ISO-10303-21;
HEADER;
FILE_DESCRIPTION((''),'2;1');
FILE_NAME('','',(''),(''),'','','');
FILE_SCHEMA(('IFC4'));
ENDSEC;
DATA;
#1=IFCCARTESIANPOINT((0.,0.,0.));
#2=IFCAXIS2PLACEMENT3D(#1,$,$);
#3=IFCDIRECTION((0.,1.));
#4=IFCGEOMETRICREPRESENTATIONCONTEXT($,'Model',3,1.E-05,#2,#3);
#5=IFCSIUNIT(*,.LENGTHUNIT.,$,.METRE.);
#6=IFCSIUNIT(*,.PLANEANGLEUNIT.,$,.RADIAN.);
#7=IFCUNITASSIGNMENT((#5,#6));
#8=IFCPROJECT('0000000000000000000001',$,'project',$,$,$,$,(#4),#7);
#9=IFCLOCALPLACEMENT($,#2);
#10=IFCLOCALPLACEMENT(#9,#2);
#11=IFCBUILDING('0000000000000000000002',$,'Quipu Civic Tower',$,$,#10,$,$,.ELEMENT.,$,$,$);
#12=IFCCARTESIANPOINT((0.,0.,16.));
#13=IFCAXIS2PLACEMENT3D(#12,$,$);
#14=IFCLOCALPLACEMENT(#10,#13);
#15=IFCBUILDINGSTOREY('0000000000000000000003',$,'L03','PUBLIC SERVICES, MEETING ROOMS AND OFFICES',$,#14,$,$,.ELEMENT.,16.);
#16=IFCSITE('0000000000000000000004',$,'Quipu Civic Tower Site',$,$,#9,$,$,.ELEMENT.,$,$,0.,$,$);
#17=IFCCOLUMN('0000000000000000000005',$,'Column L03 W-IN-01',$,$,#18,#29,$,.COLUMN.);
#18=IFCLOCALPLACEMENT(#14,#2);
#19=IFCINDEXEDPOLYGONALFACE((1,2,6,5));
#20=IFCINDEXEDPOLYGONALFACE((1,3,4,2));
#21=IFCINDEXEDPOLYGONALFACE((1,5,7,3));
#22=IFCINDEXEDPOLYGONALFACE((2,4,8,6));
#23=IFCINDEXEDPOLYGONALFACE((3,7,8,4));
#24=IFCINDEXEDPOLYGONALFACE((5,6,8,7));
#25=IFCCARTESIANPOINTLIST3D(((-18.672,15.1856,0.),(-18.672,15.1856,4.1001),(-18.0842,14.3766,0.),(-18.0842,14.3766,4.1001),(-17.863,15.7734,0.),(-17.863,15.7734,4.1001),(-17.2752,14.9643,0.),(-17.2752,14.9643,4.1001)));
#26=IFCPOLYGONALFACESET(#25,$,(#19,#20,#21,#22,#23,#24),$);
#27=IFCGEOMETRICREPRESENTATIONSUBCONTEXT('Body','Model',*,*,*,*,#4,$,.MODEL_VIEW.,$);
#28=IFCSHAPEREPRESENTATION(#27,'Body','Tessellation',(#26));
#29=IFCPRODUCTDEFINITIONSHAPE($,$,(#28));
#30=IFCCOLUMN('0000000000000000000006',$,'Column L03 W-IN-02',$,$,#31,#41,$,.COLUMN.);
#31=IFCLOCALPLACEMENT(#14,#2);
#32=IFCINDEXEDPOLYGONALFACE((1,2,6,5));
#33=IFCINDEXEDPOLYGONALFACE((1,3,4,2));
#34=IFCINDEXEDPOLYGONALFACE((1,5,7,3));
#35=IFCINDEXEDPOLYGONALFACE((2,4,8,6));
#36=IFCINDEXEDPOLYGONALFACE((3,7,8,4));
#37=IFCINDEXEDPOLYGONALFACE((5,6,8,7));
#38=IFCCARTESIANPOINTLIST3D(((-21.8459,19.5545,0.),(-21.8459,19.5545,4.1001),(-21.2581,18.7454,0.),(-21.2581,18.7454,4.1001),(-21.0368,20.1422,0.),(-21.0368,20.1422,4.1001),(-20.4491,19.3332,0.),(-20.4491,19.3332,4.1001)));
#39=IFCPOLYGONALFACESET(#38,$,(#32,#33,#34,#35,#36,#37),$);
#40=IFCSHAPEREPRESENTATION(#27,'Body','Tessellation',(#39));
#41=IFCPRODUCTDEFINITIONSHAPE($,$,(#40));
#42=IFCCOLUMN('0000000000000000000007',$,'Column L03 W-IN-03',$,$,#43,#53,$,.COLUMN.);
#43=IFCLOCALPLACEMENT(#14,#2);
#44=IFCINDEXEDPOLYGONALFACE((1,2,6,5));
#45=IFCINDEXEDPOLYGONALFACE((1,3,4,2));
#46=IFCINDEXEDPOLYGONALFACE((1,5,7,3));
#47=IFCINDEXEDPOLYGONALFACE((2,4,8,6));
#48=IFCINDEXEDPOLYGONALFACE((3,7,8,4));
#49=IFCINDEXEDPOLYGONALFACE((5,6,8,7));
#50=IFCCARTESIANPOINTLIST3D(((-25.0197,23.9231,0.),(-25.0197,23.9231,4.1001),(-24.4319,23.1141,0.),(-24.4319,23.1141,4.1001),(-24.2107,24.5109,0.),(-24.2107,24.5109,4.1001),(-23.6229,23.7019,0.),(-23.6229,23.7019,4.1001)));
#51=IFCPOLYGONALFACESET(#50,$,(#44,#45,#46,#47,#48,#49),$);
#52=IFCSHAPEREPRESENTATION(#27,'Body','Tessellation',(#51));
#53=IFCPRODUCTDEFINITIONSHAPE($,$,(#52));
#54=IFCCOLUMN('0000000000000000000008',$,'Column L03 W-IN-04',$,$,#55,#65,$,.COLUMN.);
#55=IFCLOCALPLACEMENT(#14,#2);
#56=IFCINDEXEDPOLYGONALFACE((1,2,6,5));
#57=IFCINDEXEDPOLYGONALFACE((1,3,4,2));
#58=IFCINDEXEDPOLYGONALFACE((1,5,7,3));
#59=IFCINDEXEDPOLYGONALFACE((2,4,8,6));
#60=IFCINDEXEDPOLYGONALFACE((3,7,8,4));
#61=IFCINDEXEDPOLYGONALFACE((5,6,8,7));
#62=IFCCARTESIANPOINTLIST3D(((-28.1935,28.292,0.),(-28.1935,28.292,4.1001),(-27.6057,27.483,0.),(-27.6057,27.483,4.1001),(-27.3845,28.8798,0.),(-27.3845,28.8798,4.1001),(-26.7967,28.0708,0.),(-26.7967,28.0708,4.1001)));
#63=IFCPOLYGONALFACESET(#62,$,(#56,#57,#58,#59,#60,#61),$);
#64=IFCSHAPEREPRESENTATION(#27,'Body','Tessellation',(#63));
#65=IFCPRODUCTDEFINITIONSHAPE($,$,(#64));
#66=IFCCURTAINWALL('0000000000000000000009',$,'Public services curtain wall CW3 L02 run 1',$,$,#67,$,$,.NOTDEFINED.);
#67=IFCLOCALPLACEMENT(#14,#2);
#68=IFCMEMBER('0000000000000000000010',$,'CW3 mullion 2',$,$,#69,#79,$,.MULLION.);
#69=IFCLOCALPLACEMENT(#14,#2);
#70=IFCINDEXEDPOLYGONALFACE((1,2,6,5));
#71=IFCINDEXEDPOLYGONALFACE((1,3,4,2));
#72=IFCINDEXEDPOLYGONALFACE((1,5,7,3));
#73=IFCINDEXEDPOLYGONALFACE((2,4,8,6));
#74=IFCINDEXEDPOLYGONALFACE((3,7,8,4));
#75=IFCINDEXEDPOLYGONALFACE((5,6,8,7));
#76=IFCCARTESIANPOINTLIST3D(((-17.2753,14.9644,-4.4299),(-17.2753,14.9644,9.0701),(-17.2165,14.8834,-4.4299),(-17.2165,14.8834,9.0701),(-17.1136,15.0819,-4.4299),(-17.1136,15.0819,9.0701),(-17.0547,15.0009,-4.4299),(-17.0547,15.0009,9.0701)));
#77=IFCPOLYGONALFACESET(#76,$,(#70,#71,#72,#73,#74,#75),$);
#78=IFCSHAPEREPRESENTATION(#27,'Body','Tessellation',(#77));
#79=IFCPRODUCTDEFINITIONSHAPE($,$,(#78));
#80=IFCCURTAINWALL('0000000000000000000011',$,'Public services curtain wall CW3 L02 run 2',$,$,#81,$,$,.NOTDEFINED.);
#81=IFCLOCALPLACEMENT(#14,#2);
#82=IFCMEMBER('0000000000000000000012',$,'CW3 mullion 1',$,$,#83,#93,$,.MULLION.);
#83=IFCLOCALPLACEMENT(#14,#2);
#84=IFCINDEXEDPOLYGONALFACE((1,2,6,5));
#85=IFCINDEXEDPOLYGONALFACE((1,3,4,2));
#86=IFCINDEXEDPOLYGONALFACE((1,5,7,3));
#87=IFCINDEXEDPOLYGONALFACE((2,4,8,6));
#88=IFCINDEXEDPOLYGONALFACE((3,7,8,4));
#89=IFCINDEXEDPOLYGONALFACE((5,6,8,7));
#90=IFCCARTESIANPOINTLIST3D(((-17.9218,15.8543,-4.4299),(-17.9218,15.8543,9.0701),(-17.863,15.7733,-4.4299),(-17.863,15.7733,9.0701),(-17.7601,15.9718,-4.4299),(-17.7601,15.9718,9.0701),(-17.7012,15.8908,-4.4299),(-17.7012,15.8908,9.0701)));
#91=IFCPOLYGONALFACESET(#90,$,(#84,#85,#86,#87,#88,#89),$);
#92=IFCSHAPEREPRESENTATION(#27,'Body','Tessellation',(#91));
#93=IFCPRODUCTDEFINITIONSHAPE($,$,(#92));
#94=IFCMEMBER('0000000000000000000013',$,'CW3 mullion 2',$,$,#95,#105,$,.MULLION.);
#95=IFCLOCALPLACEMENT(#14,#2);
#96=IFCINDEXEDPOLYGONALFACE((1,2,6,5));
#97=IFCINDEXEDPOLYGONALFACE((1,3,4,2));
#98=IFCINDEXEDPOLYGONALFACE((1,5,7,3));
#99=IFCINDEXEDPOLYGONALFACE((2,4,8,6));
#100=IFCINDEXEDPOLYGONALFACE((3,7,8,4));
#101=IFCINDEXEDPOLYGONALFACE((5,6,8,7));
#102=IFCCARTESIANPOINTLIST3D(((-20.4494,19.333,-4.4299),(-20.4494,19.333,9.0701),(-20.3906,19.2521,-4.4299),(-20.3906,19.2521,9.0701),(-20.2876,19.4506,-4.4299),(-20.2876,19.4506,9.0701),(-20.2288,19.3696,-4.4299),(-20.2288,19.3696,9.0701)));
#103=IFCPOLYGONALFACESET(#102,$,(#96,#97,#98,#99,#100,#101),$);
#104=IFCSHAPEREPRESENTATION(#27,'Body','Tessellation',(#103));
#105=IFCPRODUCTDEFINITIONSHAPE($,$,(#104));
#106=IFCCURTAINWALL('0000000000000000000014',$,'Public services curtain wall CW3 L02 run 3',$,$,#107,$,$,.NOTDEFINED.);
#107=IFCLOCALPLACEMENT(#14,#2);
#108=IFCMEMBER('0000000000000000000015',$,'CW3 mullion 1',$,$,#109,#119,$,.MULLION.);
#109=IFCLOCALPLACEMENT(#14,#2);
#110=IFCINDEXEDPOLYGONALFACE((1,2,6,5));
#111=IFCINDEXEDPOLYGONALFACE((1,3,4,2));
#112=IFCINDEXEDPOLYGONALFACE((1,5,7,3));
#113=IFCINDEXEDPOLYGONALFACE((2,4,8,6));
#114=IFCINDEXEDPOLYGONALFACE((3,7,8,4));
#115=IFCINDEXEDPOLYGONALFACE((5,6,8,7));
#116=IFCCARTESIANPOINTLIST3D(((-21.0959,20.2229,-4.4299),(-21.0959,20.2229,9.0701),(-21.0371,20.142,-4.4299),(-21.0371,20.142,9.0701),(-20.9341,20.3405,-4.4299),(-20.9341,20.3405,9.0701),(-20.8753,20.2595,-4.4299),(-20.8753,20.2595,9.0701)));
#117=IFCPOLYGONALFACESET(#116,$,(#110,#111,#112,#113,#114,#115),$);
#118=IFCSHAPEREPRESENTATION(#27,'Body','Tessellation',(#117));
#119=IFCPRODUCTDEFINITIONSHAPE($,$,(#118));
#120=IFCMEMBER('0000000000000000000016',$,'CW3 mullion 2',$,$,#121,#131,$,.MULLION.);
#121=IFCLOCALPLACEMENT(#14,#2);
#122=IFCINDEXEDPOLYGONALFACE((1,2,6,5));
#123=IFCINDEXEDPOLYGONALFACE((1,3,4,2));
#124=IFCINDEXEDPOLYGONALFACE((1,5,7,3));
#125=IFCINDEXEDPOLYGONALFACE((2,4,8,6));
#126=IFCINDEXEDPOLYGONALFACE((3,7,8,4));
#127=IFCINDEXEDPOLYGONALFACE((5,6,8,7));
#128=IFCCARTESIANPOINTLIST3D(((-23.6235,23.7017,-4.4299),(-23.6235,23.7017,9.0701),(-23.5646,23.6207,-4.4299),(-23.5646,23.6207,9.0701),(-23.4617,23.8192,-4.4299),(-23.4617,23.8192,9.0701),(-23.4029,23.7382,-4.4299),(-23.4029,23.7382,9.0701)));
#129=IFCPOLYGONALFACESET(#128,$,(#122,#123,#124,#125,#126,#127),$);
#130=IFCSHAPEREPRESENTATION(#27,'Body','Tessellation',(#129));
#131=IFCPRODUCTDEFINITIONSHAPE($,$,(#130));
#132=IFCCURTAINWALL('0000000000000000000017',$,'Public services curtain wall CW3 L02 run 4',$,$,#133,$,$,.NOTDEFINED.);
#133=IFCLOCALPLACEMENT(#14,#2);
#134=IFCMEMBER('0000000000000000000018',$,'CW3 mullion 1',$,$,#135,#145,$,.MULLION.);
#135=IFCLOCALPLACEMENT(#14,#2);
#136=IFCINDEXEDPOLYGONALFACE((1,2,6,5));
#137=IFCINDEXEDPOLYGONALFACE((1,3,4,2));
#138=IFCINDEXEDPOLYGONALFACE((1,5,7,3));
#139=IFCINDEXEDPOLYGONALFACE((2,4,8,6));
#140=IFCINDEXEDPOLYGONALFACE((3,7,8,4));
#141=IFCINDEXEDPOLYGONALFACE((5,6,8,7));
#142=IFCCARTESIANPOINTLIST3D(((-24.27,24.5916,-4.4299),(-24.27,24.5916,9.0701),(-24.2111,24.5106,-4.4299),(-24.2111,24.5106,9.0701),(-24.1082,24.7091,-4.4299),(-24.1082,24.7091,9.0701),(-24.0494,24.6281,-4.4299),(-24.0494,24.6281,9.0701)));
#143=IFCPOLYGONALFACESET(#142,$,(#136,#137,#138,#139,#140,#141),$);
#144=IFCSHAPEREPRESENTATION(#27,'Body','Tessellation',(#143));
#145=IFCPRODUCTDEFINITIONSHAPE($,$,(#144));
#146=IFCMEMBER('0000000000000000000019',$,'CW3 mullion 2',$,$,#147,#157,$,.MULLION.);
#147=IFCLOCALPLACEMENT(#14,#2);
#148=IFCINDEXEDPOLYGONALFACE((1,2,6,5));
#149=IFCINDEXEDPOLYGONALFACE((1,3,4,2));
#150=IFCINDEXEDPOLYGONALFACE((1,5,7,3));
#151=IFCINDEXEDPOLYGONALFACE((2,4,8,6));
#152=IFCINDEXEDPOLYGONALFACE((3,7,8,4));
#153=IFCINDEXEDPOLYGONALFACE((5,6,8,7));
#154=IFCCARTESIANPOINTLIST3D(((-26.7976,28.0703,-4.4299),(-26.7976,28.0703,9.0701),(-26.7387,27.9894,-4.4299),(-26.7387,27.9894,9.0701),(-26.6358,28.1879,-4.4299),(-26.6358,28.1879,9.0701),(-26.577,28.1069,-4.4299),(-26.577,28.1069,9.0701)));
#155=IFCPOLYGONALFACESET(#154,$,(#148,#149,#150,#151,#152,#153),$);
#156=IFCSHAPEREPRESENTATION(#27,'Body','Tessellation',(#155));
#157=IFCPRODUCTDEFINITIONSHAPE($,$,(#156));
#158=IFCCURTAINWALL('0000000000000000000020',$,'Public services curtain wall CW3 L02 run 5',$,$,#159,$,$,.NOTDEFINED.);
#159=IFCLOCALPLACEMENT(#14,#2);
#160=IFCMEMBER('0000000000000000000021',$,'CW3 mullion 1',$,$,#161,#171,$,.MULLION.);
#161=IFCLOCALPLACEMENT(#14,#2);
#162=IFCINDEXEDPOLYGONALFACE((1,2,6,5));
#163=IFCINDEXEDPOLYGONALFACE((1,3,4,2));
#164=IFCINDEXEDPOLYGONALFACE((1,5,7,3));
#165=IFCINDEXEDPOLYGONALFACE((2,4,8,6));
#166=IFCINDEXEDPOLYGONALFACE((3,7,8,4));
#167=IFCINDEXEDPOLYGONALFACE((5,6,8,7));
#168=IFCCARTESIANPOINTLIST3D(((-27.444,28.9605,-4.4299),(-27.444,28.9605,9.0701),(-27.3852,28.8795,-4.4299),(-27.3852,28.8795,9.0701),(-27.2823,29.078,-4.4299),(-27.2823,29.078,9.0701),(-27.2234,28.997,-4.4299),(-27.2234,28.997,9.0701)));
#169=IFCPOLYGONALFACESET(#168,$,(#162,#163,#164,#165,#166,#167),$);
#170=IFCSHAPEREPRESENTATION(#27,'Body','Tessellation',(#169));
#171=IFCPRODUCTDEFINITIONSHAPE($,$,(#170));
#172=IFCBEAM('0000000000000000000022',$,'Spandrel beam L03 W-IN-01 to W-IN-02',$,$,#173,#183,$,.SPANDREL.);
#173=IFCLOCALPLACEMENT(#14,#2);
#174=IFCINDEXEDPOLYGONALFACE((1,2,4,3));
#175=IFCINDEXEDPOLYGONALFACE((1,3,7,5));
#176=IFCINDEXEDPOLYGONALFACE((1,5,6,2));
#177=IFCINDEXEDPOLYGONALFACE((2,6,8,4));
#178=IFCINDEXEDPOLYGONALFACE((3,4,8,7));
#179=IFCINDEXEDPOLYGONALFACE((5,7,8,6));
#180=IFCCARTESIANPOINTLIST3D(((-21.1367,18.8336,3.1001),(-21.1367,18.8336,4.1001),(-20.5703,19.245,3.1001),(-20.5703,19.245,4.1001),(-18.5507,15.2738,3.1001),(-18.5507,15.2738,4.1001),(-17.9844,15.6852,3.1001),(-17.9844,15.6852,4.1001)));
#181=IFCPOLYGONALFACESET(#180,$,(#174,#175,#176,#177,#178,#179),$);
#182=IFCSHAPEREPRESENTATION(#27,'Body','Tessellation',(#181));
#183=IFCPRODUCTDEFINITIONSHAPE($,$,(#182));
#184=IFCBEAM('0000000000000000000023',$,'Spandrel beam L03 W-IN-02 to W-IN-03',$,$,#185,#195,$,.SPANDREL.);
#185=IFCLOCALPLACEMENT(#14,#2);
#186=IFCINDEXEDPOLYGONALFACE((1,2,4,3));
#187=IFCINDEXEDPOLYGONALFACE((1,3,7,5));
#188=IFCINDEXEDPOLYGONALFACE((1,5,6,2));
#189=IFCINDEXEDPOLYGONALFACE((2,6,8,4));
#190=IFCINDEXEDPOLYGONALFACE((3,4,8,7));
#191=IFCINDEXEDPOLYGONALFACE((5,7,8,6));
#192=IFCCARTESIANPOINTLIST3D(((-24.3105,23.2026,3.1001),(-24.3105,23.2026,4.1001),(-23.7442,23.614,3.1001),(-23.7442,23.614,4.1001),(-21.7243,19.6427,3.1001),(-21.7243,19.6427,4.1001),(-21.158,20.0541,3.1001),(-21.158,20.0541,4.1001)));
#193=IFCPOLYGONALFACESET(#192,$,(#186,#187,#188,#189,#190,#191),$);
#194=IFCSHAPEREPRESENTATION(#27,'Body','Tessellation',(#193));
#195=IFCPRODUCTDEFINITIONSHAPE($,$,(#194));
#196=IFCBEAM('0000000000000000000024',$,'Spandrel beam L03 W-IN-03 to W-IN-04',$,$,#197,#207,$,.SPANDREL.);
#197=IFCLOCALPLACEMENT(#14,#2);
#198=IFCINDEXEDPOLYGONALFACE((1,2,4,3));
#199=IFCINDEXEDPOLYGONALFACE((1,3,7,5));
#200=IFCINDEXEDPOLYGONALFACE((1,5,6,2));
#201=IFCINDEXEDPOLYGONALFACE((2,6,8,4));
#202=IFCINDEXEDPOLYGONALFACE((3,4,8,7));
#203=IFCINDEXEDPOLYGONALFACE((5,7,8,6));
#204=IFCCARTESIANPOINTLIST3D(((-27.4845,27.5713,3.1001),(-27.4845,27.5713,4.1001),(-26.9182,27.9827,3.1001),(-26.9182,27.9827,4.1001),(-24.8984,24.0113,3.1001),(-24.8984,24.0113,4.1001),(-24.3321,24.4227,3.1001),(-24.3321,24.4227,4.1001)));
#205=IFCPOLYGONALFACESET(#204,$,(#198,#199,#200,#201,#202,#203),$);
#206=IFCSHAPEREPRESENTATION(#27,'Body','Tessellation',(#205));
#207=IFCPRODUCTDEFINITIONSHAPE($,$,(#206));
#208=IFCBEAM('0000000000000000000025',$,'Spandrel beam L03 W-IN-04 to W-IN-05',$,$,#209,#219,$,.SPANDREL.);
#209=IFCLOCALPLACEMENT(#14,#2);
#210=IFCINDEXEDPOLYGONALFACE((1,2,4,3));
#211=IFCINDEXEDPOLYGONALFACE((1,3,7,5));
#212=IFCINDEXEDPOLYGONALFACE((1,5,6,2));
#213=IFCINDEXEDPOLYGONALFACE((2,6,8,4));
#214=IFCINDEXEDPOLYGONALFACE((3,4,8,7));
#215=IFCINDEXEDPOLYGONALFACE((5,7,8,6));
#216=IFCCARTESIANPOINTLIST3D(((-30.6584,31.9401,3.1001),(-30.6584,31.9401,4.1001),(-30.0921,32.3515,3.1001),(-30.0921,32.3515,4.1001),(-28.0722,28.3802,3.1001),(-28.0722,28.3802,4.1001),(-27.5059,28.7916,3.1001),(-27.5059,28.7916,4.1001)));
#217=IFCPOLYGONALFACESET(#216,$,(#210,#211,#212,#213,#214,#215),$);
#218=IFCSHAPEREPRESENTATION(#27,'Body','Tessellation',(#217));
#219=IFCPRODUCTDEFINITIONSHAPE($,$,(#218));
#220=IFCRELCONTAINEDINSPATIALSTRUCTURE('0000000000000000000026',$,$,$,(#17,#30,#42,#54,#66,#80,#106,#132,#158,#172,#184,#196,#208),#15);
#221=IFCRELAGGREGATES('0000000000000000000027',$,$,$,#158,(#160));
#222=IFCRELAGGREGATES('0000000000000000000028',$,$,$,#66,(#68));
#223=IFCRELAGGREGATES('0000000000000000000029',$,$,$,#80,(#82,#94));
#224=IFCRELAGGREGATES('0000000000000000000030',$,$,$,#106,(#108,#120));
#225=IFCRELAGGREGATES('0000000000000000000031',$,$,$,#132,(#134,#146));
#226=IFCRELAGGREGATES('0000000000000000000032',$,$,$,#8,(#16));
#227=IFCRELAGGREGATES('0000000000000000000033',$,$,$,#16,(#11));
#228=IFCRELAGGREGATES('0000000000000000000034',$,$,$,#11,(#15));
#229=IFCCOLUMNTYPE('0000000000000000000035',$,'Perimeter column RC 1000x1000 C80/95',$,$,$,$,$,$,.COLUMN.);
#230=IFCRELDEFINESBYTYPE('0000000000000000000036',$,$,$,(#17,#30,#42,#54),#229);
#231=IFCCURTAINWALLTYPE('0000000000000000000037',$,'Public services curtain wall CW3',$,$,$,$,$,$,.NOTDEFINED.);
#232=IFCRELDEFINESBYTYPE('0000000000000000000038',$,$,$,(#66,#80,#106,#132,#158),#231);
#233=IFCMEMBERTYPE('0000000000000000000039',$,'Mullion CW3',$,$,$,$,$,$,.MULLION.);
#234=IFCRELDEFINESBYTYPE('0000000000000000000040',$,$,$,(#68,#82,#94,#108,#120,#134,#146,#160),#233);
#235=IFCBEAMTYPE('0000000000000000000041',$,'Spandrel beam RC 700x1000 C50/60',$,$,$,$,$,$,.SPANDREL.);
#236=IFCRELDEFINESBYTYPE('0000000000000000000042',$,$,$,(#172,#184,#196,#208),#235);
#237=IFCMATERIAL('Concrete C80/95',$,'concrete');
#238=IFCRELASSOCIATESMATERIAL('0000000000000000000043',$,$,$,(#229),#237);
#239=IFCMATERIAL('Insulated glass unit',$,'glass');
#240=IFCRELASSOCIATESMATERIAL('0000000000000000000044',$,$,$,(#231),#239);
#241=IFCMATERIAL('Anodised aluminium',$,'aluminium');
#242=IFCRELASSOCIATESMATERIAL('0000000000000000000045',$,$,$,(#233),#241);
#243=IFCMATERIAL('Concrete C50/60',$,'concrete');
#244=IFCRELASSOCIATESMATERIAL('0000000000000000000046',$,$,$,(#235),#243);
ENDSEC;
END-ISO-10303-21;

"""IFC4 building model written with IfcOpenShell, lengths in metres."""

from ifc_helpers import new_model, si_unit, direction, frame, origin, origin_2d, place, context, subcontext, project, spatial, rectangle, extrude, material, material_profile, profile_set, type_object, element, aggregate, save


model = new_model("IFC4")

# Units and contexts
model_context = context("Model", 3, precision=1e-05, world=origin(), true_north=direction((0.0, 1.0)))
body_context = subcontext(model_context, "Body", "Model", "MODEL_VIEW")
ifc_project = project(units=[si_unit("LENGTHUNIT", "METRE"), si_unit("PLANEANGLEUNIT", "RADIAN")], contexts=[model_context])

# Site, building, storey
site_placement = place(None, origin())
site = spatial("IfcSite", under=ifc_project, at=site_placement, Name="Quipu Civic Tower Site", CompositionType="ELEMENT", RefElevation=0.0)
building_placement = place(site_placement, origin())
building = spatial("IfcBuilding", under=site, at=building_placement, Name="Quipu Civic Tower", CompositionType="ELEMENT")
storey_placement = place(building_placement, frame((0.0, 0.0, 16.0)))
storey = spatial("IfcBuildingStorey", under=building, at=storey_placement, Name="L03", Description="PUBLIC SERVICES, MEETING ROOMS AND OFFICES", CompositionType="ELEMENT", Elevation=16.0)

# Columns
ifc_material_1 = material(Name="Concrete C80/95", Category="concrete")
ifc_material_profile_1 = material_profile(ifc_material_1, rectangle(XDim=1.0, YDim=1.0, at=origin_2d()), Name="RC1000x1000")
ifc_profile_set_1 = profile_set([ifc_material_profile_1], Name="Concrete C80/95")
column_type = type_object("IfcColumnType", Name="Perimeter column RC 1000x1000 C80/95", PredefinedType="COLUMN", material=ifc_profile_set_1)
for number, where, z_axis, x_axis, name in (
    (1, (-17.9736, 15.075, 0.0), (0.0, 0.0, 1.0), (-0.587785, 0.809017, 0.0), "Column L03 W-IN-01"),
    (2, (-21.1475, 19.4438, 0.0), (0.0, 0.0, 1.0), (-0.587785, 0.809017, 0.0), "Column L03 W-IN-02"),
    (3, (-24.3213, 23.8125, 0.0), (0.0, 0.0, 1.0), (-0.587785, 0.809017, 0.0), "Column L03 W-IN-03"),
    (4, (-27.4951, 28.1814, 0.0), (0.0, 0.0, 1.0), (-0.587785, 0.809017, 0.0), "Column L03 W-IN-04"),
):
    element("IfcColumn", number, at=place(storey_placement, frame(where, z_axis=z_axis, x_axis=x_axis)), inside=storey, type_object=column_type, Name=name, PredefinedType="COLUMN", context=body_context, shape_type="SweptSolid", body=[
        extrude(rectangle(XDim=1.0, YDim=1.0, at=origin_2d()), origin(), (0.0, 0.0, 1.0), 4.1001),
    ])

# Curtain wall, member
ifc_material_2 = material(Name="Insulated glass unit", Category="glass")
curtain_wall_type = type_object("IfcCurtainWallType", Name="Public services curtain wall CW3", PredefinedType="NOTDEFINED", material=ifc_material_2)
curtain_wall_1_placement = place(storey_placement, origin())
curtain_wall_1 = element("IfcCurtainWall", 5, at=curtain_wall_1_placement, inside=storey, type_object=curtain_wall_type, Name="Public services curtain wall CW3 L02 run 1", PredefinedType="NOTDEFINED")
ifc_material_3 = material(Name="Anodised aluminium", Category="aluminium")
ifc_material_profile_2 = material_profile(ifc_material_3, rectangle(XDim=0.2, YDim=0.1001, at=origin_2d()), Name="RECT 200x100")
ifc_profile_set_2 = profile_set([ifc_material_profile_2], Name="Anodised aluminium")
member_type_1 = type_object("IfcMemberType", Name="Mullion CW3", PredefinedType="MULLION", material=ifc_profile_set_2)
member_1_placement = place(storey_placement, frame((-17.165, 14.9827, -4.4299), z_axis=(0.0, 0.0, 1.0), x_axis=(-0.80901, -0.587795, 0.0)))
member_1 = element("IfcMember", 6, at=member_1_placement, type_object=member_type_1, Name="CW3 mullion 2", PredefinedType="MULLION", context=body_context, shape_type="SweptSolid", body=[
    extrude(rectangle(XDim=0.2, YDim=0.1001, at=origin_2d()), origin(), (0.0, 0.0, 1.0), 13.5),
])

# Curtain walls, members
curtain_wall_2_placement = place(storey_placement, origin())
curtain_wall_2 = element("IfcCurtainWall", 7, at=curtain_wall_2_placement, inside=storey, type_object=curtain_wall_type, Name="Public services curtain wall CW3 L02 run 2", PredefinedType="NOTDEFINED")
member_2_placement = place(storey_placement, frame((-17.8115, 15.8726, -4.4299), z_axis=(0.0, 0.0, 1.0), x_axis=(-0.809006, -0.5878, 0.0)))
member_2 = element("IfcMember", 8, at=member_2_placement, type_object=member_type_1, Name="CW3 mullion 1", PredefinedType="MULLION", context=body_context, shape_type="SweptSolid", body=[
    extrude(rectangle(XDim=0.2, YDim=0.1001, at=origin_2d()), origin(), (0.0, 0.0, 1.0), 13.5),
])
member_3_placement = place(storey_placement, frame((-20.3391, 19.3513, -4.4299), z_axis=(0.0, 0.0, 1.0), x_axis=(-0.809006, -0.5878, 0.0)))
member_3 = element("IfcMember", 9, at=member_3_placement, type_object=member_type_1, Name="CW3 mullion 2", PredefinedType="MULLION", context=body_context, shape_type="SweptSolid", body=[
    extrude(rectangle(XDim=0.2, YDim=0.1001, at=origin_2d()), origin(), (0.0, 0.0, 1.0), 13.5),
])
curtain_wall_3_placement = place(storey_placement, origin())
curtain_wall_3 = element("IfcCurtainWall", 10, at=curtain_wall_3_placement, inside=storey, type_object=curtain_wall_type, Name="Public services curtain wall CW3 L02 run 3", PredefinedType="NOTDEFINED")
member_4_placement = place(storey_placement, frame((-20.9856, 20.2412, -4.4299), z_axis=(0.0, 0.0, 1.0), x_axis=(-0.809025, -0.587774, 0.0)))
member_4 = element("IfcMember", 11, at=member_4_placement, type_object=member_type_1, Name="CW3 mullion 1", PredefinedType="MULLION", context=body_context, shape_type="SweptSolid", body=[
    extrude(rectangle(XDim=0.2, YDim=0.1001, at=origin_2d()), origin(), (0.0, 0.0, 1.0), 13.5),
])
member_5_placement = place(storey_placement, frame((-23.5132, 23.72, -4.4299), z_axis=(0.0, 0.0, 1.0), x_axis=(-0.809025, -0.587774, 0.0)))
member_5 = element("IfcMember", 12, at=member_5_placement, type_object=member_type_1, Name="CW3 mullion 2", PredefinedType="MULLION", context=body_context, shape_type="SweptSolid", body=[
    extrude(rectangle(XDim=0.2, YDim=0.1001, at=origin_2d()), origin(), (0.0, 0.0, 1.0), 13.5),
])
curtain_wall_4_placement = place(storey_placement, origin())
curtain_wall_4 = element("IfcCurtainWall", 13, at=curtain_wall_4_placement, inside=storey, type_object=curtain_wall_type, Name="Public services curtain wall CW3 L02 run 4", PredefinedType="NOTDEFINED")
member_6_placement = place(storey_placement, frame((-24.1597, 24.6099, -4.4299), z_axis=(0.0, 0.0, 1.0), x_axis=(-0.809014, -0.587789, 0.0)))
member_6 = element("IfcMember", 14, at=member_6_placement, type_object=member_type_1, Name="CW3 mullion 1", PredefinedType="MULLION", context=body_context, shape_type="SweptSolid", body=[
    extrude(rectangle(XDim=0.2, YDim=0.1001, at=origin_2d()), origin(), (0.0, 0.0, 1.0), 13.5),
])
member_7_placement = place(storey_placement, frame((-26.6873, 28.0886, -4.4299), z_axis=(0.0, 0.0, 1.0), x_axis=(-0.809014, -0.587789, 0.0)))
member_7 = element("IfcMember", 15, at=member_7_placement, type_object=member_type_1, Name="CW3 mullion 2", PredefinedType="MULLION", context=body_context, shape_type="SweptSolid", body=[
    extrude(rectangle(XDim=0.2, YDim=0.1001, at=origin_2d()), origin(), (0.0, 0.0, 1.0), 13.5),
])

# Curtain wall, member
curtain_wall_5_placement = place(storey_placement, origin())
curtain_wall_5 = element("IfcCurtainWall", 16, at=curtain_wall_5_placement, inside=storey, type_object=curtain_wall_type, Name="Public services curtain wall CW3 L02 run 5", PredefinedType="NOTDEFINED")
member_8_placement = place(storey_placement, frame((-27.3337, 28.9788, -4.4299), z_axis=(0.0, 0.0, 1.0), x_axis=(-0.809017, -0.587785, 0.0)))
member_8 = element("IfcMember", 17, at=member_8_placement, type_object=member_type_1, Name="CW3 mullion 1", PredefinedType="MULLION", context=body_context, shape_type="SweptSolid", body=[
    extrude(rectangle(XDim=0.2, YDim=0.1001, at=origin_2d()), origin(), (0.0, 0.0, 1.0), 13.5),
])

# Beams
ifc_material_4 = material(Name="Concrete C50/60", Category="concrete")
ifc_material_profile_3 = material_profile(ifc_material_4, rectangle(XDim=0.7, YDim=1.0, at=origin_2d()), Name="RC700x1000")
ifc_profile_set_3 = profile_set([ifc_material_profile_3], Name="Concrete C50/60")
beam_type = type_object("IfcBeamType", Name="Spandrel beam RC 700x1000 C50/60", PredefinedType="SPANDREL", material=ifc_profile_set_3)
beam_placement = place(storey_placement, frame((-18.2676, 15.4795, 3.6001), z_axis=(-0.587723, 0.809062, 0.0), x_axis=(-0.809062, -0.587723, 0.0)))
element("IfcBeam", 18, at=beam_placement, inside=storey, type_object=beam_type, Name="Spandrel beam L03 W-IN-01 to W-IN-02", PredefinedType="SPANDREL", context=body_context, shape_type="SweptSolid", body=[
    extrude(rectangle(XDim=0.7, YDim=1.0, at=origin_2d()), origin(), (0.0, 0.0, 1.0), 4.3999),
])
for number, where, z_axis, x_axis, name in (
    (19, (-21.4412, 19.8484, 3.6001), (-0.587759, 0.809036, 0.0), (-0.809036, -0.587759, 0.0), "Spandrel beam L03 W-IN-02 to W-IN-03"),
    (20, (-24.6152, 24.217, 3.6001), (-0.587733, 0.809055, 0.0), (-0.809055, -0.587733, 0.0), "Spandrel beam L03 W-IN-03 to W-IN-04"),
    (21, (-27.7891, 28.5859, 3.6001), (-0.587759, 0.809036, 0.0), (-0.809036, -0.587759, 0.0), "Spandrel beam L03 W-IN-04 to W-IN-05"),
):
    element("IfcBeam", number, at=place(storey_placement, frame(where, z_axis=z_axis, x_axis=x_axis)), inside=storey, type_object=beam_type, Name=name, PredefinedType="SPANDREL", context=body_context, shape_type="SweptSolid", body=[
        extrude(rectangle(XDim=0.7, YDim=1.0, at=origin_2d()), origin(), (0.0, 0.0, 1.0), 4.4001),
    ])

aggregate(curtain_wall_5, [member_8])

aggregate(curtain_wall_1, [member_1])
aggregate(curtain_wall_2, [member_2, member_3])
aggregate(curtain_wall_3, [member_4, member_5])
aggregate(curtain_wall_4, [member_6, member_7])

save(model, "model.ifc")
